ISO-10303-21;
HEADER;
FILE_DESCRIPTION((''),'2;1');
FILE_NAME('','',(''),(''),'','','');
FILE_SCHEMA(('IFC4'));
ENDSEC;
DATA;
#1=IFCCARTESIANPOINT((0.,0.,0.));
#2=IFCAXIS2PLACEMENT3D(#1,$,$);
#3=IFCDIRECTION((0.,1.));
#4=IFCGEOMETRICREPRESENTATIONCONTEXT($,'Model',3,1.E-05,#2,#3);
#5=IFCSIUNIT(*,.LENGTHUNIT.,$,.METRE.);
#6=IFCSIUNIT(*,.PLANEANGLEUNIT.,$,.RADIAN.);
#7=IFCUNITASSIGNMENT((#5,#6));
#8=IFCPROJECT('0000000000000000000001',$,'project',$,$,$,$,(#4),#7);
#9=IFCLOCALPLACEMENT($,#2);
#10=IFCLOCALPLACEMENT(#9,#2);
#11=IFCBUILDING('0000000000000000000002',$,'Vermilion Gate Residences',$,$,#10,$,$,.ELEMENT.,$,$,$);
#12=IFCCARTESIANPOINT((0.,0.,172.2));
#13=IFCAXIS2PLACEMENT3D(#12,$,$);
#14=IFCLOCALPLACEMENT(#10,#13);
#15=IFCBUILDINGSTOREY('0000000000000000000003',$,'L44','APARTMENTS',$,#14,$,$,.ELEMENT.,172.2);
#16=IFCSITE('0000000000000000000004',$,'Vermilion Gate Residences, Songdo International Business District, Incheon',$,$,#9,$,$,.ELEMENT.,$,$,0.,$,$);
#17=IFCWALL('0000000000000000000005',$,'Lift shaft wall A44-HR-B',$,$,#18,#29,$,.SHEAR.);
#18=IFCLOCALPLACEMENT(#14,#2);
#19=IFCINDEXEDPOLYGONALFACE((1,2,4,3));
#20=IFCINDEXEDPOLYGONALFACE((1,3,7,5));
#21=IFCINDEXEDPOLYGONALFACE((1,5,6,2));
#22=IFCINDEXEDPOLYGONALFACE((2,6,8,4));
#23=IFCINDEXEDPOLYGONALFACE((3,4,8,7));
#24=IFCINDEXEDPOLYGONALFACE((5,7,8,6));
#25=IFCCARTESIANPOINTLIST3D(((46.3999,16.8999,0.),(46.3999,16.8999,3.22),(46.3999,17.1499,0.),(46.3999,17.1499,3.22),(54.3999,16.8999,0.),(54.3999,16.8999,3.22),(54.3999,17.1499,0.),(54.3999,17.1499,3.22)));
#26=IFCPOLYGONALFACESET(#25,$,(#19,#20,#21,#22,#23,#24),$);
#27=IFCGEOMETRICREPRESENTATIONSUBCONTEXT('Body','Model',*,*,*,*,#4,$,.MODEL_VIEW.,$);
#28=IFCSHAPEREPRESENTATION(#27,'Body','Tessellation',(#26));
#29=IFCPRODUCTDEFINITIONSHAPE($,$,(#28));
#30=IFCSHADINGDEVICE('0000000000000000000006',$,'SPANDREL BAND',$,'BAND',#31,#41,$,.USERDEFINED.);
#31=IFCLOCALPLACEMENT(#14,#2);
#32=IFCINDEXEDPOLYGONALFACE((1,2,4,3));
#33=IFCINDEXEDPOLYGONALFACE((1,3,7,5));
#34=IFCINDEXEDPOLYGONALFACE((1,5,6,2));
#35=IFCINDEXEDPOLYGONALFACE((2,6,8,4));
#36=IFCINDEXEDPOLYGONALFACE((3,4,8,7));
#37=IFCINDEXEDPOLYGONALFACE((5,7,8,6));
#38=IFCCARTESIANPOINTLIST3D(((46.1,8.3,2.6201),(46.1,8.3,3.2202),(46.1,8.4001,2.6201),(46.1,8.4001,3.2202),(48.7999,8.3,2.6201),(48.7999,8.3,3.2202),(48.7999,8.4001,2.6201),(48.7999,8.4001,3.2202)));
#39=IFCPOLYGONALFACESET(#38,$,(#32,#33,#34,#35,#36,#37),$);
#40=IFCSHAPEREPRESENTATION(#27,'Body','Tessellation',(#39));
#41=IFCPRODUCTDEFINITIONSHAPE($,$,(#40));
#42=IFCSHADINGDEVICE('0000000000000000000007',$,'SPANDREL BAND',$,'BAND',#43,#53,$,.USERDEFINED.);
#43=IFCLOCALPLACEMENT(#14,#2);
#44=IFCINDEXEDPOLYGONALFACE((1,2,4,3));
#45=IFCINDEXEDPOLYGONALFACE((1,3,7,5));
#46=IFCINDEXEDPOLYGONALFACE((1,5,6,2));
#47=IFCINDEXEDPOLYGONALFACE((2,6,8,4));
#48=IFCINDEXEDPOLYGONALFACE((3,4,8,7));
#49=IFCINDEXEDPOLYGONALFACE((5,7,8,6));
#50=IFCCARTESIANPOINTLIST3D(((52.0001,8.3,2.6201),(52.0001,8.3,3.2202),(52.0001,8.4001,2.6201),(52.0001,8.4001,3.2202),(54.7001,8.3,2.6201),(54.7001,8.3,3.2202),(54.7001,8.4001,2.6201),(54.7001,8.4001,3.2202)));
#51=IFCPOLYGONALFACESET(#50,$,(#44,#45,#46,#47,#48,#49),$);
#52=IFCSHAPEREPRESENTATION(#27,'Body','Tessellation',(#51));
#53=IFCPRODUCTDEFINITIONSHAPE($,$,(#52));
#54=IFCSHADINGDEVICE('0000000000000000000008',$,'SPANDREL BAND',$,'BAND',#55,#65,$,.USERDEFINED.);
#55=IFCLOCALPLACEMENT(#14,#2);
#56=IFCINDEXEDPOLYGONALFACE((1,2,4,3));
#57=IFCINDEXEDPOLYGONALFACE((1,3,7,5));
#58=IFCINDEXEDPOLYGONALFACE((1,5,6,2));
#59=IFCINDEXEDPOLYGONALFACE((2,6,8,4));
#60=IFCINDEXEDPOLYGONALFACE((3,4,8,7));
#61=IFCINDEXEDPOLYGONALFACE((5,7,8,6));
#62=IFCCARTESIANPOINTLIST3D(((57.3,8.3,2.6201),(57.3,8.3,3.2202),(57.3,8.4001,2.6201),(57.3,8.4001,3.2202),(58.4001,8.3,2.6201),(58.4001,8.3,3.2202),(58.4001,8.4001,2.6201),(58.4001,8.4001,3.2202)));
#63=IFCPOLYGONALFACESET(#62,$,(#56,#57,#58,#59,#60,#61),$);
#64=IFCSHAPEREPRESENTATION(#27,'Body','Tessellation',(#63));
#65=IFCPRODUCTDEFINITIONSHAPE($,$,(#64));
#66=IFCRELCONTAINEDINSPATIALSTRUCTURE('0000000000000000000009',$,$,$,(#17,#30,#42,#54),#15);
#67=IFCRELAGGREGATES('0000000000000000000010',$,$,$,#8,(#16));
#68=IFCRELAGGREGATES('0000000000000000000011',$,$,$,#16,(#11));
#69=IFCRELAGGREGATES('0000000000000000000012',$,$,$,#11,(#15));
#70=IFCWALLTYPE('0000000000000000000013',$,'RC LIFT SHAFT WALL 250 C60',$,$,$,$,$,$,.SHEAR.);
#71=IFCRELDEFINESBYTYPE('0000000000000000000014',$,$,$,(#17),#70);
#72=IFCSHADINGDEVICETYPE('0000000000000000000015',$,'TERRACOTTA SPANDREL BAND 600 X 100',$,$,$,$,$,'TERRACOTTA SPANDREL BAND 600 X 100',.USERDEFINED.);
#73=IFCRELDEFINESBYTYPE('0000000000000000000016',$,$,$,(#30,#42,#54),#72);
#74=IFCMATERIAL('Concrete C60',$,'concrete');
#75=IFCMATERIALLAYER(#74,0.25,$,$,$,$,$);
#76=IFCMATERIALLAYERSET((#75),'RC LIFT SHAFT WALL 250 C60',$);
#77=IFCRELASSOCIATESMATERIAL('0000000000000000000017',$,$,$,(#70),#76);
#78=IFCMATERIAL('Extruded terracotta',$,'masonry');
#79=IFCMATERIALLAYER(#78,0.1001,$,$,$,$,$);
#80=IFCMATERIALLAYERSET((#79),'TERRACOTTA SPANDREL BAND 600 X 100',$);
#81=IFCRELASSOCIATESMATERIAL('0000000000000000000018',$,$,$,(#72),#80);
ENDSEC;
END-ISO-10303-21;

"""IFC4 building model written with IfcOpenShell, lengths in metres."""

from ifc_helpers import new_model, si_unit, direction, frame, frame_2d, origin, origin_2d, place, context, subcontext, project, spatial, rectangle, extrude, material, layer, layer_set, type_object, element, save


model = new_model("IFC4")

# Units and contexts
model_context = context("Model", 3, precision=1e-05, world=origin(), true_north=direction((0.0, 1.0)))
body_context = subcontext(model_context, "Body", "Model", "MODEL_VIEW")
ifc_project = project(units=[si_unit("LENGTHUNIT", "METRE"), si_unit("PLANEANGLEUNIT", "RADIAN")], contexts=[model_context])

# Site, building, storey
site_placement = place(None, origin())
site = spatial("IfcSite", under=ifc_project, at=site_placement, Name="Vermilion Gate Residences, Songdo International Business District, Incheon", CompositionType="ELEMENT", RefElevation=0.0)
building_placement = place(site_placement, origin())
building = spatial("IfcBuilding", under=site, at=building_placement, Name="Vermilion Gate Residences", CompositionType="ELEMENT")
storey_placement = place(building_placement, frame((0.0, 0.0, 172.2)))
storey = spatial("IfcBuildingStorey", under=building, at=storey_placement, Name="L44", Description="APARTMENTS", CompositionType="ELEMENT", Elevation=172.2)

# Wall
ifc_material_1 = material(Name="Concrete C60", Category="concrete")
ifc_layer_1 = layer(ifc_material_1, 0.25)
ifc_layer_set_1 = layer_set([ifc_layer_1], Name="RC LIFT SHAFT WALL 250 C60")
wall_type_1 = type_object("IfcWallType", Name="RC LIFT SHAFT WALL 250 C60", PredefinedType="SHEAR", material=ifc_layer_set_1)
wall_1_placement = place(storey_placement, frame((46.3999, 17.0249, 0.0), z_axis=(0.0, 0.0, 1.0), x_axis=(1.0, 0.0, 0.0)))
element("IfcWall", 1, at=wall_1_placement, inside=storey, type_object=wall_type_1, Name="Lift shaft wall A44-HR-B", PredefinedType="SHEAR", context=body_context, shape_type="SweptSolid", body=[
    extrude(rectangle(XDim=8.0, YDim=0.25, at=frame_2d((4.0, 0.0))), origin(), (0.0, 0.0, 1.0), 3.22),
])

# Shading devices
ifc_material_2 = material(Name="Extruded terracotta", Category="masonry")
ifc_layer_2 = layer(ifc_material_2, 0.1001)
ifc_layer_set_2 = layer_set([ifc_layer_2], Name="TERRACOTTA SPANDREL BAND 600 X 100")
shading_device_type = type_object("IfcShadingDeviceType", Name="TERRACOTTA SPANDREL BAND 600 X 100", ElementType="TERRACOTTA SPANDREL BAND 600 X 100", PredefinedType="USERDEFINED", material=ifc_layer_set_2)
for number, where, z_axis, x_axis, name in (
    (2, (47.45, 8.3501, 2.6201), (0.0, 0.0, 1.0), (1.0, 0.0, 0.0), "SPANDREL BAND"),
    (3, (53.3501, 8.3501, 2.6201), (0.0, 0.0, 1.0), (1.0, 0.0, 0.0), "SPANDREL BAND"),
):
    element("IfcShadingDevice", number, at=place(storey_placement, frame(where, z_axis=z_axis, x_axis=x_axis)), inside=storey, type_object=shading_device_type, Name=name, ObjectType="BAND", PredefinedType="USERDEFINED", context=body_context, shape_type="SweptSolid", body=[
        extrude(rectangle(XDim=2.7, YDim=0.1001, at=origin_2d()), origin(), (0.0, 0.0, 1.0), 0.6001),
    ])
shading_device_placement = place(storey_placement, frame((57.8501, 8.3501, 2.6201), z_axis=(0.0, 0.0, 1.0), x_axis=(1.0, 0.0, 0.0)))
element("IfcShadingDevice", 4, at=shading_device_placement, inside=storey, type_object=shading_device_type, Name="SPANDREL BAND", ObjectType="BAND", PredefinedType="USERDEFINED", context=body_context, shape_type="SweptSolid", body=[
    extrude(rectangle(XDim=1.1001, YDim=0.1001, at=origin_2d()), origin(), (0.0, 0.0, 1.0), 0.6001),
])

save(model, "model.ifc")
